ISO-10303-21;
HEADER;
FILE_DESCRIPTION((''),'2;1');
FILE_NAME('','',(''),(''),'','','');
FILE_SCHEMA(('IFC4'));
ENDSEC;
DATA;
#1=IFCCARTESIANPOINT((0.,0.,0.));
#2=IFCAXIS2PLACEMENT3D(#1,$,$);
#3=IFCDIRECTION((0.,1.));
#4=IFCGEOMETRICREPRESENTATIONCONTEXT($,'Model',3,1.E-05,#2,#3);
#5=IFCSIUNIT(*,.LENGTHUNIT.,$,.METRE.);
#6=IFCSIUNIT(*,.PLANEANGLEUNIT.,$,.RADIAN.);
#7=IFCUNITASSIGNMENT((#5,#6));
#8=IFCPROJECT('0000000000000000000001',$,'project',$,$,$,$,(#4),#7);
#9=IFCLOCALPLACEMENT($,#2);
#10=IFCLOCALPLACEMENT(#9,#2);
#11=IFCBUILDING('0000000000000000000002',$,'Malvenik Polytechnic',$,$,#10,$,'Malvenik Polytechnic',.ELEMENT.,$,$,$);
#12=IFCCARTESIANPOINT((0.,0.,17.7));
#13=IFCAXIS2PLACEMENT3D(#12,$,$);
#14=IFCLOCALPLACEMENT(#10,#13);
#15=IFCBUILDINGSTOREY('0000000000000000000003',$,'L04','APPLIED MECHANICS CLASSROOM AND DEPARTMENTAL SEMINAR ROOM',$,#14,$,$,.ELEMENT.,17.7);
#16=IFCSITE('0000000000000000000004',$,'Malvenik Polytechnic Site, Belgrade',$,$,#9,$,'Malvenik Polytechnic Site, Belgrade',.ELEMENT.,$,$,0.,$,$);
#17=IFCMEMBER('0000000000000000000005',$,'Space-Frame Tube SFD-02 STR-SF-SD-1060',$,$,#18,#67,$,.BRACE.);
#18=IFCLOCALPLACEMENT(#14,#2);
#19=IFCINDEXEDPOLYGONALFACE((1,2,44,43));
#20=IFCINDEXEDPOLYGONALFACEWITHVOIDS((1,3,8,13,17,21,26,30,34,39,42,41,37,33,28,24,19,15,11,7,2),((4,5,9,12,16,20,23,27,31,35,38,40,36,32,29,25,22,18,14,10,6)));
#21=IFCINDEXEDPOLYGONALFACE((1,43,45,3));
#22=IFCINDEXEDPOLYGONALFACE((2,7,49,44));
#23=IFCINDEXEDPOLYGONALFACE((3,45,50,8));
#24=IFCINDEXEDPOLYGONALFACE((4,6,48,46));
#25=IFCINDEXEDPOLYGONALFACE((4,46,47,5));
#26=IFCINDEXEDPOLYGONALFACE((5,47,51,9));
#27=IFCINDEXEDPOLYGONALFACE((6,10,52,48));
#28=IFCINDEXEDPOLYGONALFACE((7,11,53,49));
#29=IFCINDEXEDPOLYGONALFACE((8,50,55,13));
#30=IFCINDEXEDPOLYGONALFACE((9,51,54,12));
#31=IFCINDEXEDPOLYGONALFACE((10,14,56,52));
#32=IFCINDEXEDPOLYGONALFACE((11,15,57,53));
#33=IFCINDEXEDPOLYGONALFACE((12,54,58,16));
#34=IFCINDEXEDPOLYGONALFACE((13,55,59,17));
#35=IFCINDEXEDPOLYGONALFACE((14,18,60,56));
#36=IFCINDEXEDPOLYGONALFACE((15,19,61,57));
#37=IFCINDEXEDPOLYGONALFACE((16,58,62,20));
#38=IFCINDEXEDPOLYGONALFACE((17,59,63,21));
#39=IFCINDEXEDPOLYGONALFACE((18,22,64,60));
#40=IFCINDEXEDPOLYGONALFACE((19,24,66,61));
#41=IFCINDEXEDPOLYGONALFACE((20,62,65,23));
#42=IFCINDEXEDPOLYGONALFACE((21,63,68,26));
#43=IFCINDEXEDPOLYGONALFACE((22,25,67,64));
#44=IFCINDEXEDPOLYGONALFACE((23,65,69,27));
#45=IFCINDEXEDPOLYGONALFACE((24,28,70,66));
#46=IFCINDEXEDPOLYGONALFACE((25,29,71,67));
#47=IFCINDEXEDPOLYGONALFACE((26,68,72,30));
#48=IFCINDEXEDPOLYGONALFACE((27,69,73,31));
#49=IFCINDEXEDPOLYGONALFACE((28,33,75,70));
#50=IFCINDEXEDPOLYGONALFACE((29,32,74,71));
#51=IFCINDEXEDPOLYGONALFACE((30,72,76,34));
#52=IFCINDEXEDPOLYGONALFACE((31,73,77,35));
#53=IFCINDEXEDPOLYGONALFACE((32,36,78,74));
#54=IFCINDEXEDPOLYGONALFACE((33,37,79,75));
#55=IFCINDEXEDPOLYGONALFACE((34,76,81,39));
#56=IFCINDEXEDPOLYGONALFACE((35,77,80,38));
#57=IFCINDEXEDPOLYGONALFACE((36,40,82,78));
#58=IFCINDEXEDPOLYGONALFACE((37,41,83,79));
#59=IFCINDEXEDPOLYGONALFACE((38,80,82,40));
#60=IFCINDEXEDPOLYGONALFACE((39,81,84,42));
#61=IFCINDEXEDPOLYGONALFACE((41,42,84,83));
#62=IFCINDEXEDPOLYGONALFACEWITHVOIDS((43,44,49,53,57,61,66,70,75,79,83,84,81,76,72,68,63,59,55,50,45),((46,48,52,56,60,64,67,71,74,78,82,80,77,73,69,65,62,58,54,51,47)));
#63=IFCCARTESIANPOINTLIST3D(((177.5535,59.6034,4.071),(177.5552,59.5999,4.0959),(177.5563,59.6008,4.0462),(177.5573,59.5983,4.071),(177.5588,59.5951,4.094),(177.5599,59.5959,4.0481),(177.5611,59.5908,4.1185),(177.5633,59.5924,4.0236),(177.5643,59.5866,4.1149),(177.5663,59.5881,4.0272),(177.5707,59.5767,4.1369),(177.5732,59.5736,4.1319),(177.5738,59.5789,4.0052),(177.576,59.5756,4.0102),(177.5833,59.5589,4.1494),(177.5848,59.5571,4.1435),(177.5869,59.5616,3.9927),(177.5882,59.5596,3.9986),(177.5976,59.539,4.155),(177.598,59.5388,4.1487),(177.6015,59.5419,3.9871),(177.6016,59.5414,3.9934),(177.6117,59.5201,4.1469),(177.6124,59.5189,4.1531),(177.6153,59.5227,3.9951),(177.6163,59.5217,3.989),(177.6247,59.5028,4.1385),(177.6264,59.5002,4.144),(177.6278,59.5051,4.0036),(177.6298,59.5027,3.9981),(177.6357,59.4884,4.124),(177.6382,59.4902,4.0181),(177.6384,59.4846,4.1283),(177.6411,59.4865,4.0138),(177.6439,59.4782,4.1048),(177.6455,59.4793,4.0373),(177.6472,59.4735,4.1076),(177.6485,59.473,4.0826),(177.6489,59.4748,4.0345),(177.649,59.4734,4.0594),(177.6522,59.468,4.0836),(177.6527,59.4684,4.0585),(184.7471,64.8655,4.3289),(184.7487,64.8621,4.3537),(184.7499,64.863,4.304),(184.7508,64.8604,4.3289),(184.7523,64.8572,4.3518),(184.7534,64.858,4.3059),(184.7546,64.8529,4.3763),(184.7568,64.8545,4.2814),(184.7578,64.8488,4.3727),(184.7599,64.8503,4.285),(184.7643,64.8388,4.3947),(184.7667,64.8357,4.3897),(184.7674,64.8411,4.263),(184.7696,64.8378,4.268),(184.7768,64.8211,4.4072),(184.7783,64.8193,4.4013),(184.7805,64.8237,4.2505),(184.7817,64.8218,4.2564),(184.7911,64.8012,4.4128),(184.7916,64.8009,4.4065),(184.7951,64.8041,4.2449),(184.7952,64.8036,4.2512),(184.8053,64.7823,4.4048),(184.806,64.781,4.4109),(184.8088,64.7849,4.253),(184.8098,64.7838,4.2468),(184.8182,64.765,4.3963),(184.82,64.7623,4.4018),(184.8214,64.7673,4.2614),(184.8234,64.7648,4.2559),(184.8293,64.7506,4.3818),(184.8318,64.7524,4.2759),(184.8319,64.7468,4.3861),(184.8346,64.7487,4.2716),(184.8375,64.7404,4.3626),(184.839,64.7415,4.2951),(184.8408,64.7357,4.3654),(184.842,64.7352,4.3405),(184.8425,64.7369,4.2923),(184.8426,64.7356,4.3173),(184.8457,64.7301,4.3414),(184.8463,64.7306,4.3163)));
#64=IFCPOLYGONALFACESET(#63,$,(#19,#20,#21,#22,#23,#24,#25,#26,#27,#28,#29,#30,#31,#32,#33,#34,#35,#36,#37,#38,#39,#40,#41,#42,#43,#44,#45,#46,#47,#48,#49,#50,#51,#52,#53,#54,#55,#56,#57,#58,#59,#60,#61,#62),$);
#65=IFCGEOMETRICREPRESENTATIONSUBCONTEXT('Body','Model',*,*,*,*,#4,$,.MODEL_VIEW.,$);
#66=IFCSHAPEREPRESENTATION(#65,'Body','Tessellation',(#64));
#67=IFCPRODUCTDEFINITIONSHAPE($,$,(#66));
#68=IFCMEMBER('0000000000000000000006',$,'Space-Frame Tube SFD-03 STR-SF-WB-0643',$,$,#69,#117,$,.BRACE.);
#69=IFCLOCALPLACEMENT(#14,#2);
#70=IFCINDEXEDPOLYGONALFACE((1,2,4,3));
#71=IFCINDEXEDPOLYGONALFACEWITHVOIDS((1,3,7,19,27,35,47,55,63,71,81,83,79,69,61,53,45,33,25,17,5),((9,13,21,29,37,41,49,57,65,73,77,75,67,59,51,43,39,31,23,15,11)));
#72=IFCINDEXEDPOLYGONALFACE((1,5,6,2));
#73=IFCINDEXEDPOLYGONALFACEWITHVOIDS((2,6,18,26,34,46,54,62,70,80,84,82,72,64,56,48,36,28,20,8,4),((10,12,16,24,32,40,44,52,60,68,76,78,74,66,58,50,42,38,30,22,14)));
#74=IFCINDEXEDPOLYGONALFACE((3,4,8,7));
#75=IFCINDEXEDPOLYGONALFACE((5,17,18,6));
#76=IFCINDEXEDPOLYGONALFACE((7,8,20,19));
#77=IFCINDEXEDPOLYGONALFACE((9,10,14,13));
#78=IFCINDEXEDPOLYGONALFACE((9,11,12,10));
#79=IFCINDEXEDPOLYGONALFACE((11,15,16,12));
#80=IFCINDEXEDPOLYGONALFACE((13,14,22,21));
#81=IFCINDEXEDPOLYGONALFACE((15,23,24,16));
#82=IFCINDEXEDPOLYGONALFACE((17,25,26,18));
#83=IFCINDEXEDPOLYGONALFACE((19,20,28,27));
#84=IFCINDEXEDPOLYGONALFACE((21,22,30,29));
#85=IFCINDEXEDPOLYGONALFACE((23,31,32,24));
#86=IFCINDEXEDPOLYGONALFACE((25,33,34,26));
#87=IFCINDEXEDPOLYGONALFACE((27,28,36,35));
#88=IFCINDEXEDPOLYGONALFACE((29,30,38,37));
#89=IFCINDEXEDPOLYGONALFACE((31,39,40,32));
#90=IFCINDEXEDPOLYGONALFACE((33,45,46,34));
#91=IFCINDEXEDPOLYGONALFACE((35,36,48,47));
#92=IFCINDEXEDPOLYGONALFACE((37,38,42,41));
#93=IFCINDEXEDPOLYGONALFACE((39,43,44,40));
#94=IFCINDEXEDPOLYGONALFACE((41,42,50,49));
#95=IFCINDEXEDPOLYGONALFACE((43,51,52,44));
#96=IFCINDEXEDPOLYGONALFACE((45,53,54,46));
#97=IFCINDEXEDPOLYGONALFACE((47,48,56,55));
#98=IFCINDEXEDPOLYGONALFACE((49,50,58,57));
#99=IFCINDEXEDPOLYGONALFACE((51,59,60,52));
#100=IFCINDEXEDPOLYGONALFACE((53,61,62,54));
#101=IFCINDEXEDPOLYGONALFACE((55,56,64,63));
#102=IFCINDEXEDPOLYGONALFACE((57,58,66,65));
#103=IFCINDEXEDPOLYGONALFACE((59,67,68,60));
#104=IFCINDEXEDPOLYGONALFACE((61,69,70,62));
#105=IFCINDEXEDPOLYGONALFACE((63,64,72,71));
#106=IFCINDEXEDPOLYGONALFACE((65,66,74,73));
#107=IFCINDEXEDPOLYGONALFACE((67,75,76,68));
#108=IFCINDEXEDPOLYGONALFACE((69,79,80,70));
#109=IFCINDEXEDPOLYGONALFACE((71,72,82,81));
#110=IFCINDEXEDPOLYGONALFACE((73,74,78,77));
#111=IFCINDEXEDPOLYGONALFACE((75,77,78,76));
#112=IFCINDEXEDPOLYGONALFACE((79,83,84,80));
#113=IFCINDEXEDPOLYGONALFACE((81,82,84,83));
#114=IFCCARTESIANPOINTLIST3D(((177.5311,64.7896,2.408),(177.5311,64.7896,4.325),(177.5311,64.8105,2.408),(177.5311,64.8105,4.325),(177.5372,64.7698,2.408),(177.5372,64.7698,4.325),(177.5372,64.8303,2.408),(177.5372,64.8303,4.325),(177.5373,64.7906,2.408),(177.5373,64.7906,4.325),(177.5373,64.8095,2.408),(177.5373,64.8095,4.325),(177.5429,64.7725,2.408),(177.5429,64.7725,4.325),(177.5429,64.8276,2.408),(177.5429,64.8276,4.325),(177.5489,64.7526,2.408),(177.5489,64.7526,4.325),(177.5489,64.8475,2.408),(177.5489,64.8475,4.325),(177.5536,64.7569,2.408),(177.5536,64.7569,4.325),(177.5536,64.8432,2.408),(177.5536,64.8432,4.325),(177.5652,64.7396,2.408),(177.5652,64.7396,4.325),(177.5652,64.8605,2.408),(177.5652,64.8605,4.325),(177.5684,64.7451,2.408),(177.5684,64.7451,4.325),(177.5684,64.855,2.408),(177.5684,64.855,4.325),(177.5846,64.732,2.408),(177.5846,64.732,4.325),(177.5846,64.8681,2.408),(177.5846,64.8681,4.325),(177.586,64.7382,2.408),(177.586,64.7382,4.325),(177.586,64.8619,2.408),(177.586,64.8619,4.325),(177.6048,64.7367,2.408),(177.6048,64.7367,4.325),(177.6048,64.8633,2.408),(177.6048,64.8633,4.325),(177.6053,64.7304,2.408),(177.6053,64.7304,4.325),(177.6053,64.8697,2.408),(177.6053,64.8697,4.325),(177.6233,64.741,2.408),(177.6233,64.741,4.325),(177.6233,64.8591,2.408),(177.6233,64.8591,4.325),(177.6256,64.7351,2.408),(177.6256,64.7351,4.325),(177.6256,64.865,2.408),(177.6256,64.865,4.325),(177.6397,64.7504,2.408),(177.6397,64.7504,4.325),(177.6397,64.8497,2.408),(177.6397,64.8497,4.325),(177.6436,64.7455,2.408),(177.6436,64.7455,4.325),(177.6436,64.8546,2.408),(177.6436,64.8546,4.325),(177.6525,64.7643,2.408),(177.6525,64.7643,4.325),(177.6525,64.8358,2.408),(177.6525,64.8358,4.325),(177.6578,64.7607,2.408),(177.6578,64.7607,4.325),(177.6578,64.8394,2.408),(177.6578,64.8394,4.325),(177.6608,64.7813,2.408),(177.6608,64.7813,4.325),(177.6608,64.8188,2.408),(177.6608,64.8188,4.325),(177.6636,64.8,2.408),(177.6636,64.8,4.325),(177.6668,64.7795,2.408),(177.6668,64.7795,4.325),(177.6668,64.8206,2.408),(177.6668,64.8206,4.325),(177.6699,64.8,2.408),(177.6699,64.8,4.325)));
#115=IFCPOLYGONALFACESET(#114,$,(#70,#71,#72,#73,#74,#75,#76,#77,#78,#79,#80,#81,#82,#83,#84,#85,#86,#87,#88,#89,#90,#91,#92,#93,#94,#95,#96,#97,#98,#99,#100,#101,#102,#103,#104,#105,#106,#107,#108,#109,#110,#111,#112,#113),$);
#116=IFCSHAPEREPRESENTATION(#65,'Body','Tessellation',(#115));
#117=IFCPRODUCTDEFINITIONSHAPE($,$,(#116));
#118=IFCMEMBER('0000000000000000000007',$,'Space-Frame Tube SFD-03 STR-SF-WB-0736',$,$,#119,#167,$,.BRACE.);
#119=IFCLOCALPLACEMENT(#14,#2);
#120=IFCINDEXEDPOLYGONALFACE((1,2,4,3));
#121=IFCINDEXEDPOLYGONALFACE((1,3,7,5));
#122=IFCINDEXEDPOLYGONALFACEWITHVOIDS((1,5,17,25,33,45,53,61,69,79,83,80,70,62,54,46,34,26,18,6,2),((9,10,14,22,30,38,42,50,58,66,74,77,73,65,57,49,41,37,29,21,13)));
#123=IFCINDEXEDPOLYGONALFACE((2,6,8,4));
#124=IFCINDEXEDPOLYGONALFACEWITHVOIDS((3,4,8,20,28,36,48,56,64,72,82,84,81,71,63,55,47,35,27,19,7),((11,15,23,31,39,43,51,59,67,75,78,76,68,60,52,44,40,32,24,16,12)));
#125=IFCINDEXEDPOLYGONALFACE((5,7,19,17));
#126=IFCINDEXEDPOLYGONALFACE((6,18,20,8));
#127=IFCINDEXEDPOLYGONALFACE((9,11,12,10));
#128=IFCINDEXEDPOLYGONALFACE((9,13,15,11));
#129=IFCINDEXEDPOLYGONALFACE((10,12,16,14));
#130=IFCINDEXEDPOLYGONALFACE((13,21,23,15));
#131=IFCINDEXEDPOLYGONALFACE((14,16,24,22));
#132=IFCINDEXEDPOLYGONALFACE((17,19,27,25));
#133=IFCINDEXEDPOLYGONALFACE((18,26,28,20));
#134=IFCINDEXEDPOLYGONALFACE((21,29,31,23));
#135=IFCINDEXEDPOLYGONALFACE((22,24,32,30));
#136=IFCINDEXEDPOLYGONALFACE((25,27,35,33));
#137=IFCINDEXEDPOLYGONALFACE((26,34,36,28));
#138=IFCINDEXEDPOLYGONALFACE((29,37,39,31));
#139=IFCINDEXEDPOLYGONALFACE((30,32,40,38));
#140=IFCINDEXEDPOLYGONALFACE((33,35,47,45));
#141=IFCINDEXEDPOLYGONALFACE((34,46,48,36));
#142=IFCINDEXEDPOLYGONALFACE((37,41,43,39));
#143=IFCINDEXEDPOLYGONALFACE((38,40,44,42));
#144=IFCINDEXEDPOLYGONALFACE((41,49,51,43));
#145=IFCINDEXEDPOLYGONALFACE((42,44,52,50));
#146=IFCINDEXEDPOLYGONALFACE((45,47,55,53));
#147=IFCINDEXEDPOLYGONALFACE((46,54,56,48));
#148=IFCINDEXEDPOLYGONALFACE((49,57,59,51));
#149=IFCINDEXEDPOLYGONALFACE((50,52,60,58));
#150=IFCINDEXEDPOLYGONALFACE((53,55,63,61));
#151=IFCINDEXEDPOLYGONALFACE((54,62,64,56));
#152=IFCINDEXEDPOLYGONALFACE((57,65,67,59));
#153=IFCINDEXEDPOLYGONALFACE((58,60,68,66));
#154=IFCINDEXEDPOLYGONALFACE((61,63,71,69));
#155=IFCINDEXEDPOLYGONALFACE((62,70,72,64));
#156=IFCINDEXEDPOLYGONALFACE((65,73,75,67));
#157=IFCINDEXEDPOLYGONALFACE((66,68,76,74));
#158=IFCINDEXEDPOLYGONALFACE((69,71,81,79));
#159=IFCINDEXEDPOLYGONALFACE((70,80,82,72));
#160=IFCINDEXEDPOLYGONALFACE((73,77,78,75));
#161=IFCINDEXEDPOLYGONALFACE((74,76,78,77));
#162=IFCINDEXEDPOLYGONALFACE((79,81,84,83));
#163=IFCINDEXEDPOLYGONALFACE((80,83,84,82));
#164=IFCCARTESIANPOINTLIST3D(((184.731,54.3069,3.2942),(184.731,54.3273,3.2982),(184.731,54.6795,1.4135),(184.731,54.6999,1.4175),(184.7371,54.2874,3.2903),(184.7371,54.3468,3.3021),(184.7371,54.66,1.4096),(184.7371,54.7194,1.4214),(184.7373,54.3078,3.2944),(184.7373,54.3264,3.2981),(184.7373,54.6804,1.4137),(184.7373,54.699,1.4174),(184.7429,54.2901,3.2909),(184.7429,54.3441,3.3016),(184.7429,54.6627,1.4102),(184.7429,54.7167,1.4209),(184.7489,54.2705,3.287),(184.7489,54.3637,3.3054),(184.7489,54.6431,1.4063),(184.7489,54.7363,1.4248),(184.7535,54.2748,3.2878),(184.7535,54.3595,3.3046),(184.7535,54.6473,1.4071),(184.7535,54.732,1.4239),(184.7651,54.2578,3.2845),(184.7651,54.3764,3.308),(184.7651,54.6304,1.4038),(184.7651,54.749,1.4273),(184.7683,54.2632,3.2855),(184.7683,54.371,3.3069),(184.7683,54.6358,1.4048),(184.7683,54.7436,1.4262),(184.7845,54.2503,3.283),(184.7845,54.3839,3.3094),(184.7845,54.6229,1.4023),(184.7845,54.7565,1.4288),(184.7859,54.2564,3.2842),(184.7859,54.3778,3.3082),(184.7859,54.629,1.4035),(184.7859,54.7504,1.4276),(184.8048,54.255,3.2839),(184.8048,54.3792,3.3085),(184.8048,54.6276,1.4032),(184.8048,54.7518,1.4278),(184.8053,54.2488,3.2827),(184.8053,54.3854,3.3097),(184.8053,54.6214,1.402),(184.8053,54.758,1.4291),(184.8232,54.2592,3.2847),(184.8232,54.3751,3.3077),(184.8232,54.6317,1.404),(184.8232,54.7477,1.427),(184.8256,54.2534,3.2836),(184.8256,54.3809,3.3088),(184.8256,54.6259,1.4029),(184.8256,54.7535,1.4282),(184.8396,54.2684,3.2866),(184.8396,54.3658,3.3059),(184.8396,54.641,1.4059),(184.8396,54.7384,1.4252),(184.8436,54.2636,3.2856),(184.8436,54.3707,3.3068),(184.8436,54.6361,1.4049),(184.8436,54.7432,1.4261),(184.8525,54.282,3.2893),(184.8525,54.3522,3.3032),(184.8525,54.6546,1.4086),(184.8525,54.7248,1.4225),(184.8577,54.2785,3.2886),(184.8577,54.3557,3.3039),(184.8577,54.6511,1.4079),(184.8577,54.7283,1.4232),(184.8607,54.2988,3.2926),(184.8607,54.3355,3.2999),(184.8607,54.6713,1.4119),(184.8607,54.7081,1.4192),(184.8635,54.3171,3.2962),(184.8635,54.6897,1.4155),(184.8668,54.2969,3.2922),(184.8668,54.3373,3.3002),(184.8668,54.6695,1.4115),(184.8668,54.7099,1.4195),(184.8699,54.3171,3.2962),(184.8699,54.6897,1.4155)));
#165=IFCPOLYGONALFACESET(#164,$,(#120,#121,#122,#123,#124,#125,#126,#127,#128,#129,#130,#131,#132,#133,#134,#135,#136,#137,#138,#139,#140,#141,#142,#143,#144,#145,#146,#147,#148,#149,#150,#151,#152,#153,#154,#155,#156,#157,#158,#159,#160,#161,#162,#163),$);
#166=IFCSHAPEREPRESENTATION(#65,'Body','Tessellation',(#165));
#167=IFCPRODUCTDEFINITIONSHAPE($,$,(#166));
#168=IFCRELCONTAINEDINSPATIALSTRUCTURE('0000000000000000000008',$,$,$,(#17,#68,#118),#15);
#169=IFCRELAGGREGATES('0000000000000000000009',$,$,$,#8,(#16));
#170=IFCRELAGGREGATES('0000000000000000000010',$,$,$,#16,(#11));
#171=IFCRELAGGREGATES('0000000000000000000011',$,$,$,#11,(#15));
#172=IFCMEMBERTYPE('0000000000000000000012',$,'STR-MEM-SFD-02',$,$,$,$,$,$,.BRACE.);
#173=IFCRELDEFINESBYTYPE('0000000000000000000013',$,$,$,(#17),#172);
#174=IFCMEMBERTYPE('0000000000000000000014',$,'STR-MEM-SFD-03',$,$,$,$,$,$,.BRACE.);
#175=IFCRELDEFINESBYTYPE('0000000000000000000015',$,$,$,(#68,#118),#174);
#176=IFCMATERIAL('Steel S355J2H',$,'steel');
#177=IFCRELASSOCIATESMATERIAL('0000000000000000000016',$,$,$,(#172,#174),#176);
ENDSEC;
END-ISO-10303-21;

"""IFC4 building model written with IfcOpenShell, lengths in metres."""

from ifc_helpers import new_model, si_unit, direction, frame, origin, origin_2d, place, context, subcontext, project, spatial, hollow_circle, extrude, material, material_profile, profile_set, type_object, element, save


model = new_model("IFC4")

# Units and contexts
model_context = context("Model", 3, precision=1e-05, world=origin(), true_north=direction((0.0, 1.0)))
body_context = subcontext(model_context, "Body", "Model", "MODEL_VIEW")
ifc_project = project(units=[si_unit("LENGTHUNIT", "METRE"), si_unit("PLANEANGLEUNIT", "RADIAN")], contexts=[model_context])

# Site, building, storey
site_placement = place(None, origin())
site = spatial("IfcSite", under=ifc_project, at=site_placement, Name="Malvenik Polytechnic Site, Belgrade", LongName="Malvenik Polytechnic Site, Belgrade", CompositionType="ELEMENT", RefElevation=0.0)
building_placement = place(site_placement, origin())
building = spatial("IfcBuilding", under=site, at=building_placement, Name="Malvenik Polytechnic", LongName="Malvenik Polytechnic", CompositionType="ELEMENT")
storey_placement = place(building_placement, frame((0.0, 0.0, 17.7)))
storey = spatial("IfcBuildingStorey", under=building, at=storey_placement, Name="L04", Description="APPLIED MECHANICS CLASSROOM AND DEPARTMENTAL SEMINAR ROOM", CompositionType="ELEMENT", Elevation=17.7)

# Members
ifc_material_1 = material(Name="Steel S355J2H", Category="steel")
ifc_material_profile_1 = material_profile(ifc_material_1, hollow_circle(Radius=0.0842, WallThickness=0.0063, at=origin_2d()), Name="CHS 168.3x6.3")
ifc_profile_set_1 = profile_set([ifc_material_profile_1], Name="Steel S355J2H")
member_type_1 = type_object("IfcMemberType", Name="STR-MEM-SFD-02", PredefinedType="BRACE", material=ifc_profile_set_1)
member_1_placement = place(storey_placement, frame((177.6033, 59.5354, 4.071), z_axis=(0.806768, 0.59016, 0.028914), x_axis=(-0.590407, 0.807105, 0.0)))
element("IfcMember", 1, at=member_1_placement, inside=storey, type_object=member_type_1, Name="Space-Frame Tube SFD-02 STR-SF-SD-1060", PredefinedType="BRACE", context=body_context, shape_type="SweptSolid", body=[
    extrude(hollow_circle(Radius=0.0842, WallThickness=0.0063, at=origin_2d()), origin(), (0.0, 0.0, 1.0), 8.9165),
])
ifc_material_profile_2 = material_profile(ifc_material_1, hollow_circle(Radius=0.0698, WallThickness=0.0063, at=origin_2d()), Name="CHS 139.7x6.3")
ifc_profile_set_2 = profile_set([ifc_material_profile_2], Name="Steel S355J2H")
member_type_2 = type_object("IfcMemberType", Name="STR-MEM-SFD-03", PredefinedType="BRACE", material=ifc_profile_set_2)
member_2_placement = place(storey_placement, frame((177.6001, 64.8, 2.408), z_axis=(0.0, 0.0, 1.0), x_axis=(1.0, 0.0, 0.0)))
element("IfcMember", 2, at=member_2_placement, inside=storey, type_object=member_type_2, Name="Space-Frame Tube SFD-03 STR-SF-WB-0643", PredefinedType="BRACE", context=body_context, shape_type="SweptSolid", body=[
    extrude(hollow_circle(Radius=0.0698, WallThickness=0.0063, at=origin_2d()), origin(), (0.0, 0.0, 1.0), 1.917),
])
member_3_placement = place(storey_placement, frame((184.8, 54.6897, 1.4155), z_axis=(0.0, -0.194328, 0.980937), x_axis=(1.0, 0.0, 0.0)))
element("IfcMember", 3, at=member_3_placement, inside=storey, type_object=member_type_2, Name="Space-Frame Tube SFD-03 STR-SF-WB-0736", PredefinedType="BRACE", context=body_context, shape_type="SweptSolid", body=[
    extrude(hollow_circle(Radius=0.0698, WallThickness=0.0063, at=origin_2d()), origin(), (0.0, 0.0, 1.0), 1.9172),
])

save(model, "model.ifc")
